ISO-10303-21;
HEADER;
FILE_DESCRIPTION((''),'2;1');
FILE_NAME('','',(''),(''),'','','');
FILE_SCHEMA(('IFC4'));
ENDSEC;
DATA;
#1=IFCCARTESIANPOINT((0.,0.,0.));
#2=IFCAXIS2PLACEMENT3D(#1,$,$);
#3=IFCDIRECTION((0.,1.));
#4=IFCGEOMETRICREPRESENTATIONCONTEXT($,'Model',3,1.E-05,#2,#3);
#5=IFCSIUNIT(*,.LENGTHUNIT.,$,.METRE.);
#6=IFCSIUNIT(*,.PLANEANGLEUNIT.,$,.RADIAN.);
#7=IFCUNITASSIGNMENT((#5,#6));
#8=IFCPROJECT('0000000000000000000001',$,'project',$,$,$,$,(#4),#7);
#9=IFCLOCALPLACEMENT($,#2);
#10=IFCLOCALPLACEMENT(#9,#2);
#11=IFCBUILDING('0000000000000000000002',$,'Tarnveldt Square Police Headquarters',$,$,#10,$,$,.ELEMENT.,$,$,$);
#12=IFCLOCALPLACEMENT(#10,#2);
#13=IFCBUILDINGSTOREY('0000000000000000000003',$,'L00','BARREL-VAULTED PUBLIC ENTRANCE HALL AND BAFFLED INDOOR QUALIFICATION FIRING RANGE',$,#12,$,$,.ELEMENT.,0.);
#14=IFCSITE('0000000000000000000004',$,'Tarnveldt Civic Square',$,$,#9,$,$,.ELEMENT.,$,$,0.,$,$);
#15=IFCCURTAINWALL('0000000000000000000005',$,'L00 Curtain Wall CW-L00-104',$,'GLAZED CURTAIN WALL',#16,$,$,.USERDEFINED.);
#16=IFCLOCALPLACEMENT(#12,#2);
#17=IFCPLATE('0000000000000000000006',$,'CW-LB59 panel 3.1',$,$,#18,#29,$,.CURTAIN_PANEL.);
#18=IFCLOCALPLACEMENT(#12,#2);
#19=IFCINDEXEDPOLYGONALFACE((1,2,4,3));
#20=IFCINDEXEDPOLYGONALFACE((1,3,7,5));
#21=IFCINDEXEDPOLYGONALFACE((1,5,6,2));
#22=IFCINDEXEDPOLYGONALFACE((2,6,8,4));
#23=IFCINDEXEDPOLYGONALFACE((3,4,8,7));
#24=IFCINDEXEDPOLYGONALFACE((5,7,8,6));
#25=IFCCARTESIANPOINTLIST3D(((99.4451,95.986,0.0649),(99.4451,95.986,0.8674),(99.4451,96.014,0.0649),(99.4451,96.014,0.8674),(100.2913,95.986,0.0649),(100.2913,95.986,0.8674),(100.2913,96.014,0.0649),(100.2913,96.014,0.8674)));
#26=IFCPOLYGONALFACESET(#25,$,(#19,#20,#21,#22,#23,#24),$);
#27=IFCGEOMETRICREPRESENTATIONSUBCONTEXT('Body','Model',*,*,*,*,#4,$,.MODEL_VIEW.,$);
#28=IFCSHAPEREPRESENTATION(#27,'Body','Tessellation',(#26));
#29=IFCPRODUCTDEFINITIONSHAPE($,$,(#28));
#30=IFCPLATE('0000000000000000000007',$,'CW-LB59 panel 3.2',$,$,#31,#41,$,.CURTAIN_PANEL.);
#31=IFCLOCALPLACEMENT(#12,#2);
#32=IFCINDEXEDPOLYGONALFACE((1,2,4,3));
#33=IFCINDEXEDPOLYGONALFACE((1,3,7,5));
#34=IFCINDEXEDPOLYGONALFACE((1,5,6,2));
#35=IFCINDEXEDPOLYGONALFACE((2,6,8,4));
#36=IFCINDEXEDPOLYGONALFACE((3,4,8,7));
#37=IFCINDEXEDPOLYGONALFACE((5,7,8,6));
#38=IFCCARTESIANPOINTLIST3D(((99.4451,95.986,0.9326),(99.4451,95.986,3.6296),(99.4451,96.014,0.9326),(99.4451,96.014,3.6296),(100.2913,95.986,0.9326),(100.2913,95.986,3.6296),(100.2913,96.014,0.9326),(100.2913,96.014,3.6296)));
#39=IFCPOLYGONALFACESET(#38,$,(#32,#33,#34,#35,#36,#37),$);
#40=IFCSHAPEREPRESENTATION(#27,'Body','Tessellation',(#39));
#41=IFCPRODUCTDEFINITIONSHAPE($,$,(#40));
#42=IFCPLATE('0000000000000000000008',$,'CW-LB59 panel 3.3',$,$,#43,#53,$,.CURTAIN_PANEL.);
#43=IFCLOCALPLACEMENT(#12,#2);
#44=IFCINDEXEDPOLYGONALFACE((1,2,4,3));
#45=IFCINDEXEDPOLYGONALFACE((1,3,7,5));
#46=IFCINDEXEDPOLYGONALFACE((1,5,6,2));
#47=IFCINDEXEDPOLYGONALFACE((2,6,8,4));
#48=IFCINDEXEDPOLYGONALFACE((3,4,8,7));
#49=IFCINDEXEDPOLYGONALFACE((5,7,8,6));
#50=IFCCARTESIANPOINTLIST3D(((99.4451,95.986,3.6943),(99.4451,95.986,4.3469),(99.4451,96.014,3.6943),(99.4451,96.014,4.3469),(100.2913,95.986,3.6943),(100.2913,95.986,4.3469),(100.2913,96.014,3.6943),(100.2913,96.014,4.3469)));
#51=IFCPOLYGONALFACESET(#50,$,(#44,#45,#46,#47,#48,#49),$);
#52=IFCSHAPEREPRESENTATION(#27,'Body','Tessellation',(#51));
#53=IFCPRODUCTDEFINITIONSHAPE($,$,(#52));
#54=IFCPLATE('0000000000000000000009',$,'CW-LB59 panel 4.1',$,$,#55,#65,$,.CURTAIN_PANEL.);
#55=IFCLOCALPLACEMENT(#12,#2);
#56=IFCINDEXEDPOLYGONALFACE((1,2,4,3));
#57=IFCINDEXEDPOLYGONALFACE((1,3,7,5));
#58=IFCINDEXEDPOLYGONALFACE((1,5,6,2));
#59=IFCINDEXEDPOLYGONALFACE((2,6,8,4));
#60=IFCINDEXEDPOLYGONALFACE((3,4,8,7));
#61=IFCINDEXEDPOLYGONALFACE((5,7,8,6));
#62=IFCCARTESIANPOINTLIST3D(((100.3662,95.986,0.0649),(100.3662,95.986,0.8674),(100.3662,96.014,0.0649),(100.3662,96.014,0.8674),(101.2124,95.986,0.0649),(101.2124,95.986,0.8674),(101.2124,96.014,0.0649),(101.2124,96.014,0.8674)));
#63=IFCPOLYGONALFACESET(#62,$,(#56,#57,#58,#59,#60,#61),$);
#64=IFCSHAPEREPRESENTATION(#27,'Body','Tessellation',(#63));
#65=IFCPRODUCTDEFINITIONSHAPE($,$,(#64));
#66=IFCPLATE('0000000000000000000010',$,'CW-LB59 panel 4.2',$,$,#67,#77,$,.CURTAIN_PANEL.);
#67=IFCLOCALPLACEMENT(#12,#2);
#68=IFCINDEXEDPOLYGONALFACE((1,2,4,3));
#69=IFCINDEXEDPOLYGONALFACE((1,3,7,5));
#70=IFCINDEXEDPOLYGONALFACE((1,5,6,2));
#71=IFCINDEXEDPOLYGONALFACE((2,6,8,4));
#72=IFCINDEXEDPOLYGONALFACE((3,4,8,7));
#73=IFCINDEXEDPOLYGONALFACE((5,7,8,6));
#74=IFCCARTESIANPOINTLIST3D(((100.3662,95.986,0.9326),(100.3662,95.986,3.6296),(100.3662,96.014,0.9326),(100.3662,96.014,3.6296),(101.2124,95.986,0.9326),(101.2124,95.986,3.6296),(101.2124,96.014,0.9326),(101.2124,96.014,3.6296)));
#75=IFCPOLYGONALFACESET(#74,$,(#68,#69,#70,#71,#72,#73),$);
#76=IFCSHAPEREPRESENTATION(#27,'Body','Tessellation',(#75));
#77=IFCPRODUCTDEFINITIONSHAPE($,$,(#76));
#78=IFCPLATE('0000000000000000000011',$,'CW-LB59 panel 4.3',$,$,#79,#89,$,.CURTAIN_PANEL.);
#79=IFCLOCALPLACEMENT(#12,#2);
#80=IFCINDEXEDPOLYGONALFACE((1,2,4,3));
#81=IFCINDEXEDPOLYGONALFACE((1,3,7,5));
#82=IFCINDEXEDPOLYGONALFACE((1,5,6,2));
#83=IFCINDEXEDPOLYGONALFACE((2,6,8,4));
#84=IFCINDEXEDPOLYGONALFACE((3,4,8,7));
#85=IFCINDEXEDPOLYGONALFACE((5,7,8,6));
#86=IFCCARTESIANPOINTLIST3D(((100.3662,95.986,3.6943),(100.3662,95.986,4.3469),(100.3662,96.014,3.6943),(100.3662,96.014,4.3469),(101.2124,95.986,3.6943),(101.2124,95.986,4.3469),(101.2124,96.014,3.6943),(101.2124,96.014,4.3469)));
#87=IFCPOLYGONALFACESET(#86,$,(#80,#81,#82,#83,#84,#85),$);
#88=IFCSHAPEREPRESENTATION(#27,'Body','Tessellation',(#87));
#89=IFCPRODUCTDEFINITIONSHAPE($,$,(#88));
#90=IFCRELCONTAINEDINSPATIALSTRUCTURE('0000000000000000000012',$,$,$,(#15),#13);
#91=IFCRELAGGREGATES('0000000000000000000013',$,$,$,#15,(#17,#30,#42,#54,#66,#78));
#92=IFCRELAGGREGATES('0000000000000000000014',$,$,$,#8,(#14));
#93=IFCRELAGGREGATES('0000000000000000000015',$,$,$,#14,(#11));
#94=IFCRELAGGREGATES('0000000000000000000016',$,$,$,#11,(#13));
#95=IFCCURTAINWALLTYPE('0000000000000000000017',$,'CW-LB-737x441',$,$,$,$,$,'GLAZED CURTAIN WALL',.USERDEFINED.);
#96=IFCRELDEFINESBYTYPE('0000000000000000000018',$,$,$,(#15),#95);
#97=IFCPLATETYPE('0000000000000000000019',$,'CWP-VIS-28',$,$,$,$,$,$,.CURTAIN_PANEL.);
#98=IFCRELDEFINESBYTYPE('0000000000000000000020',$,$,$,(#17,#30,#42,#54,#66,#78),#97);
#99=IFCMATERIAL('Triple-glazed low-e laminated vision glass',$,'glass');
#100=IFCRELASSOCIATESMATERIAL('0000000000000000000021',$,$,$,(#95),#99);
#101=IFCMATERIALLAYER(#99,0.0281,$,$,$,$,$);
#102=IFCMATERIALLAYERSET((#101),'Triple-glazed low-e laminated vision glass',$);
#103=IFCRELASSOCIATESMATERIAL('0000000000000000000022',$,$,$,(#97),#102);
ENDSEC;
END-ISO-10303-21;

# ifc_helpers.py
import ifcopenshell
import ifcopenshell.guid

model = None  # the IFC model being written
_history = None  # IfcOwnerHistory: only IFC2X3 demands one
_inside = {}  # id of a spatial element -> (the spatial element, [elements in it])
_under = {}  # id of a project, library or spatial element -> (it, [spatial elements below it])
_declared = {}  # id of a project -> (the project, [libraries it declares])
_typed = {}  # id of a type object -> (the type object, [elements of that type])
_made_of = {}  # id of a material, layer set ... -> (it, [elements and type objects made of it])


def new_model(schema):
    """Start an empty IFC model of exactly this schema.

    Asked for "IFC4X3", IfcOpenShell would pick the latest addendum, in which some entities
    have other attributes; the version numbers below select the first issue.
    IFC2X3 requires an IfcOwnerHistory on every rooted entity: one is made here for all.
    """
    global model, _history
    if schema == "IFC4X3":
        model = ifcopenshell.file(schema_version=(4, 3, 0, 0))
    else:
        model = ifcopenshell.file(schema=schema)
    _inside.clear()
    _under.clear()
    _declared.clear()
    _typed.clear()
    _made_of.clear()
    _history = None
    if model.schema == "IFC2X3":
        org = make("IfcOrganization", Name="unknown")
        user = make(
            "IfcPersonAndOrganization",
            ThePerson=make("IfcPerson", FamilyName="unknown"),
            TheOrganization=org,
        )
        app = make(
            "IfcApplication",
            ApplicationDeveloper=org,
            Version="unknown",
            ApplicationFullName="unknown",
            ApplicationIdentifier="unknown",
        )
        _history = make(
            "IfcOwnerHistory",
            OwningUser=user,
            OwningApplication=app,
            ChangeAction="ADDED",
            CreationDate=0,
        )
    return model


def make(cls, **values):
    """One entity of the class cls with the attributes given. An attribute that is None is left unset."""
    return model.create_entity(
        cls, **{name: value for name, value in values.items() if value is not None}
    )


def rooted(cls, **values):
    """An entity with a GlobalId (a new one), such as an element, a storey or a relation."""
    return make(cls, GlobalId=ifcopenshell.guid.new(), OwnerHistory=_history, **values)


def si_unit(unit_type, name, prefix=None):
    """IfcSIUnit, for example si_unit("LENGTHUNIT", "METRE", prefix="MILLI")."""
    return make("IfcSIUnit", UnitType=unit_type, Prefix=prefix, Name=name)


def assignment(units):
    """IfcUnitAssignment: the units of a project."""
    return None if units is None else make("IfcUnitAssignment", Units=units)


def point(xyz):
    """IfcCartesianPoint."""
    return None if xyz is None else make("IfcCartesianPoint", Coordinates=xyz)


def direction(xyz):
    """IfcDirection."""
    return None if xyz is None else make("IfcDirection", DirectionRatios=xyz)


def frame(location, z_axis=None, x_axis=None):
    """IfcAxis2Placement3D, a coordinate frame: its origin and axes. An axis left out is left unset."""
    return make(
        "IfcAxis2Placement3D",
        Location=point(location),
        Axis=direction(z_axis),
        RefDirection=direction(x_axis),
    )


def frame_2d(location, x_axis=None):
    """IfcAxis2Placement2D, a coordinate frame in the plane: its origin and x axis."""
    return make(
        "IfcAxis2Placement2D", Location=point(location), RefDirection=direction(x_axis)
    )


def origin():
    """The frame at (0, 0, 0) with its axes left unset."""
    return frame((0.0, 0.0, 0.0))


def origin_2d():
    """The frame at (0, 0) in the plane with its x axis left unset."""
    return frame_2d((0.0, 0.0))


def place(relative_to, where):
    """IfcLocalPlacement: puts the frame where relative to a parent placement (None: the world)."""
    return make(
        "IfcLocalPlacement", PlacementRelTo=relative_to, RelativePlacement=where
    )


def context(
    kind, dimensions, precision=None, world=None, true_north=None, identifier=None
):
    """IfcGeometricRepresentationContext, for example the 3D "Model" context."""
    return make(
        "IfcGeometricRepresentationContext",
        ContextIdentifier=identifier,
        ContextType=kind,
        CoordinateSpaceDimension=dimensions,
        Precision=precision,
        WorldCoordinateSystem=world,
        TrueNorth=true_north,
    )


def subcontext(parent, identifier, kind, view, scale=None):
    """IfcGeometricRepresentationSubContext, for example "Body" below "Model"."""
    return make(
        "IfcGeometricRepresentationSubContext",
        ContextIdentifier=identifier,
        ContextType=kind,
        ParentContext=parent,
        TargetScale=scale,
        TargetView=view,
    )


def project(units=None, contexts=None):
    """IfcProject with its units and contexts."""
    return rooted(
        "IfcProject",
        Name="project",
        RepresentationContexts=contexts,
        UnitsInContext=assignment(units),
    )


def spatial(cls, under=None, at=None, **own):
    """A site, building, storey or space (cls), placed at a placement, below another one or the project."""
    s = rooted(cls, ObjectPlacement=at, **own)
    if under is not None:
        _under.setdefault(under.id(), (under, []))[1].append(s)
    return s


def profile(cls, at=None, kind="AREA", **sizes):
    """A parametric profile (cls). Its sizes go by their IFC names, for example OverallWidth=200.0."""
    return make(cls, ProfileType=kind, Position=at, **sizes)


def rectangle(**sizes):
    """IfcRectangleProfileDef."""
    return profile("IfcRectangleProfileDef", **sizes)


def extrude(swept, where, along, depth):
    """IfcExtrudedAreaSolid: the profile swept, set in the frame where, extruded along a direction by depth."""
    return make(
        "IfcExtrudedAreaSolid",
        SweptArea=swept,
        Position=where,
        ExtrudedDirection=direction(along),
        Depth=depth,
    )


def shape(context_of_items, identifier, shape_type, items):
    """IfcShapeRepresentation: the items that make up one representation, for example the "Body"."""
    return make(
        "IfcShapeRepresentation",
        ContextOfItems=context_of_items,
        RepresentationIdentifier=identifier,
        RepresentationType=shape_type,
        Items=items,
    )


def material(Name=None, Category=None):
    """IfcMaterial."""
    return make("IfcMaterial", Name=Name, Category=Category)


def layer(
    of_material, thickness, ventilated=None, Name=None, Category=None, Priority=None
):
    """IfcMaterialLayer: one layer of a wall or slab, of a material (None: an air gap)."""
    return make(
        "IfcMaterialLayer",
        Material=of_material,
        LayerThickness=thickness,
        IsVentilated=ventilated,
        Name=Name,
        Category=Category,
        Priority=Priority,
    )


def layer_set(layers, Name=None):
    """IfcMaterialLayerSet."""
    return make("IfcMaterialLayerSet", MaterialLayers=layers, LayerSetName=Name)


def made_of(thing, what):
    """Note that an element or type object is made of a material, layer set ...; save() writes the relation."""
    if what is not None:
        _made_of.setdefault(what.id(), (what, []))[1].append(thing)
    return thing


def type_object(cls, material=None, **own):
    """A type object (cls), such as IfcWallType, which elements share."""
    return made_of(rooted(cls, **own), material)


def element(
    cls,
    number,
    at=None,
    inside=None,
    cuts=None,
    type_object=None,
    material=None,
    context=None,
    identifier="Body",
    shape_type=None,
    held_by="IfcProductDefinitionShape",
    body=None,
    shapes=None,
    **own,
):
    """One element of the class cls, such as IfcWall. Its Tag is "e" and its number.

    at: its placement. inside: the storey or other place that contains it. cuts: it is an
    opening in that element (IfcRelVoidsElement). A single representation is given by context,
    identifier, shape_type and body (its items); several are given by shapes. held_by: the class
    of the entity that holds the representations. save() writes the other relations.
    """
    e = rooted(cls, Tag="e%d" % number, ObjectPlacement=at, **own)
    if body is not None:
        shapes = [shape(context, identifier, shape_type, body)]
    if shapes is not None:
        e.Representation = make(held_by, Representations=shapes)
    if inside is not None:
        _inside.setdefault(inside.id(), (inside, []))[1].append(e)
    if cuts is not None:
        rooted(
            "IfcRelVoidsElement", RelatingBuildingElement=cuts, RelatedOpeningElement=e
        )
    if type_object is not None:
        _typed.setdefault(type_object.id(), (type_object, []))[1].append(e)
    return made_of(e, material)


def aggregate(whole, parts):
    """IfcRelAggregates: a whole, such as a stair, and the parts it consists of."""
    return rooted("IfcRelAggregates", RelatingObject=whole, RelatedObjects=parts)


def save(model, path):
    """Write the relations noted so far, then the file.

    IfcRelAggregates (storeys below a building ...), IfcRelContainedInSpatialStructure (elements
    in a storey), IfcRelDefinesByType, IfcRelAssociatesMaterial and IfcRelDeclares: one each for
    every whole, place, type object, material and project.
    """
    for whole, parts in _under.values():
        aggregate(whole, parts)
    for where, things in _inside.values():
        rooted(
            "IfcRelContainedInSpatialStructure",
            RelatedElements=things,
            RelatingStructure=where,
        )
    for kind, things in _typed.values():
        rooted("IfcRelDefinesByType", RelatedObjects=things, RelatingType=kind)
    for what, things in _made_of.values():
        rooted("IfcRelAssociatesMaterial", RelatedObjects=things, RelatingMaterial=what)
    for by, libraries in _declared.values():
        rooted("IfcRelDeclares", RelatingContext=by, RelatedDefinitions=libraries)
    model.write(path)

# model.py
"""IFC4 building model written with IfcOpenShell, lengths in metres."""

from ifc_helpers import new_model, si_unit, direction, frame, origin, origin_2d, place, context, subcontext, project, spatial, rectangle, extrude, material, layer, layer_set, type_object, element, aggregate, save


model = new_model("IFC4")

# Units and contexts
model_context = context("Model", 3, precision=1e-05, world=origin(), true_north=direction((0.0, 1.0)))
body_context = subcontext(model_context, "Body", "Model", "MODEL_VIEW")
ifc_project = project(units=[si_unit("LENGTHUNIT", "METRE"), si_unit("PLANEANGLEUNIT", "RADIAN")], contexts=[model_context])

# Site, building, storey
site_placement = place(None, origin())
site = spatial("IfcSite", under=ifc_project, at=site_placement, Name="Tarnveldt Civic Square", CompositionType="ELEMENT", RefElevation=0.0)
building_placement = place(site_placement, origin())
building = spatial("IfcBuilding", under=site, at=building_placement, Name="Tarnveldt Square Police Headquarters", CompositionType="ELEMENT")
storey_placement = place(building_placement, origin())
storey = spatial("IfcBuildingStorey", under=building, at=storey_placement, Name="L00", Description="BARREL-VAULTED PUBLIC ENTRANCE HALL AND BAFFLED INDOOR QUALIFICATION FIRING RANGE", CompositionType="ELEMENT", Elevation=0.0)

# Curtain wall, plates
ifc_material_1 = material(Name="Triple-glazed low-e laminated vision glass", Category="glass")
curtain_wall_type = type_object("IfcCurtainWallType", Name="CW-LB-737x441", ElementType="GLAZED CURTAIN WALL", PredefinedType="USERDEFINED", material=ifc_material_1)
curtain_wall_placement = place(storey_placement, origin())
curtain_wall = element("IfcCurtainWall", 1, at=curtain_wall_placement, inside=storey, type_object=curtain_wall_type, Name="L00 Curtain Wall CW-L00-104", ObjectType="GLAZED CURTAIN WALL", PredefinedType="USERDEFINED")
ifc_layer = layer(ifc_material_1, 0.0281)
ifc_layer_set = layer_set([ifc_layer], Name="Triple-glazed low-e laminated vision glass")
plate_type = type_object("IfcPlateType", Name="CWP-VIS-28", PredefinedType="CURTAIN_PANEL", material=ifc_layer_set)
plate_1_placement = place(storey_placement, frame((99.8682, 96.0, 0.0649), z_axis=(0.0, 0.0, 1.0), x_axis=(1.0, 0.0, 0.0)))
plate_1 = element("IfcPlate", 2, at=plate_1_placement, type_object=plate_type, Name="CW-LB59 panel 3.1", PredefinedType="CURTAIN_PANEL", context=body_context, shape_type="SweptSolid", body=[
    extrude(rectangle(XDim=0.8462, YDim=0.0281, at=origin_2d()), origin(), (0.0, 0.0, 1.0), 0.8025),
])
plate_2_placement = place(storey_placement, frame((99.8682, 96.0, 0.9326), z_axis=(0.0, 0.0, 1.0), x_axis=(1.0, 0.0, 0.0)))
plate_2 = element("IfcPlate", 3, at=plate_2_placement, type_object=plate_type, Name="CW-LB59 panel 3.2", PredefinedType="CURTAIN_PANEL", context=body_context, shape_type="SweptSolid", body=[
    extrude(rectangle(XDim=0.8462, YDim=0.0281, at=origin_2d()), origin(), (0.0, 0.0, 1.0), 2.697),
])
plate_3_placement = place(storey_placement, frame((99.8682, 96.0, 3.6943), z_axis=(0.0, 0.0, 1.0), x_axis=(1.0, 0.0, 0.0)))
plate_3 = element("IfcPlate", 4, at=plate_3_placement, type_object=plate_type, Name="CW-LB59 panel 3.3", PredefinedType="CURTAIN_PANEL", context=body_context, shape_type="SweptSolid", body=[
    extrude(rectangle(XDim=0.8462, YDim=0.0281, at=origin_2d()), origin(), (0.0, 0.0, 1.0), 0.6526),
])
plate_4_placement = place(storey_placement, frame((100.7893, 96.0, 0.0649), z_axis=(0.0, 0.0, 1.0), x_axis=(1.0, 0.0, 0.0)))
plate_4 = element("IfcPlate", 5, at=plate_4_placement, type_object=plate_type, Name="CW-LB59 panel 4.1", PredefinedType="CURTAIN_PANEL", context=body_context, shape_type="SweptSolid", body=[
    extrude(rectangle(XDim=0.8462, YDim=0.0281, at=origin_2d()), origin(), (0.0, 0.0, 1.0), 0.8025),
])
plate_5_placement = place(storey_placement, frame((100.7893, 96.0, 0.9326), z_axis=(0.0, 0.0, 1.0), x_axis=(1.0, 0.0, 0.0)))
plate_5 = element("IfcPlate", 6, at=plate_5_placement, type_object=plate_type, Name="CW-LB59 panel 4.2", PredefinedType="CURTAIN_PANEL", context=body_context, shape_type="SweptSolid", body=[
    extrude(rectangle(XDim=0.8462, YDim=0.0281, at=origin_2d()), origin(), (0.0, 0.0, 1.0), 2.697),
])
plate_6_placement = place(storey_placement, frame((100.7893, 96.0, 3.6943), z_axis=(0.0, 0.0, 1.0), x_axis=(1.0, 0.0, 0.0)))
plate_6 = element("IfcPlate", 7, at=plate_6_placement, type_object=plate_type, Name="CW-LB59 panel 4.3", PredefinedType="CURTAIN_PANEL", context=body_context, shape_type="SweptSolid", body=[
    extrude(rectangle(XDim=0.8462, YDim=0.0281, at=origin_2d()), origin(), (0.0, 0.0, 1.0), 0.6526),
])
aggregate(curtain_wall, [plate_1, plate_2, plate_3, plate_4, plate_5, plate_6])

save(model, "model.ifc")
